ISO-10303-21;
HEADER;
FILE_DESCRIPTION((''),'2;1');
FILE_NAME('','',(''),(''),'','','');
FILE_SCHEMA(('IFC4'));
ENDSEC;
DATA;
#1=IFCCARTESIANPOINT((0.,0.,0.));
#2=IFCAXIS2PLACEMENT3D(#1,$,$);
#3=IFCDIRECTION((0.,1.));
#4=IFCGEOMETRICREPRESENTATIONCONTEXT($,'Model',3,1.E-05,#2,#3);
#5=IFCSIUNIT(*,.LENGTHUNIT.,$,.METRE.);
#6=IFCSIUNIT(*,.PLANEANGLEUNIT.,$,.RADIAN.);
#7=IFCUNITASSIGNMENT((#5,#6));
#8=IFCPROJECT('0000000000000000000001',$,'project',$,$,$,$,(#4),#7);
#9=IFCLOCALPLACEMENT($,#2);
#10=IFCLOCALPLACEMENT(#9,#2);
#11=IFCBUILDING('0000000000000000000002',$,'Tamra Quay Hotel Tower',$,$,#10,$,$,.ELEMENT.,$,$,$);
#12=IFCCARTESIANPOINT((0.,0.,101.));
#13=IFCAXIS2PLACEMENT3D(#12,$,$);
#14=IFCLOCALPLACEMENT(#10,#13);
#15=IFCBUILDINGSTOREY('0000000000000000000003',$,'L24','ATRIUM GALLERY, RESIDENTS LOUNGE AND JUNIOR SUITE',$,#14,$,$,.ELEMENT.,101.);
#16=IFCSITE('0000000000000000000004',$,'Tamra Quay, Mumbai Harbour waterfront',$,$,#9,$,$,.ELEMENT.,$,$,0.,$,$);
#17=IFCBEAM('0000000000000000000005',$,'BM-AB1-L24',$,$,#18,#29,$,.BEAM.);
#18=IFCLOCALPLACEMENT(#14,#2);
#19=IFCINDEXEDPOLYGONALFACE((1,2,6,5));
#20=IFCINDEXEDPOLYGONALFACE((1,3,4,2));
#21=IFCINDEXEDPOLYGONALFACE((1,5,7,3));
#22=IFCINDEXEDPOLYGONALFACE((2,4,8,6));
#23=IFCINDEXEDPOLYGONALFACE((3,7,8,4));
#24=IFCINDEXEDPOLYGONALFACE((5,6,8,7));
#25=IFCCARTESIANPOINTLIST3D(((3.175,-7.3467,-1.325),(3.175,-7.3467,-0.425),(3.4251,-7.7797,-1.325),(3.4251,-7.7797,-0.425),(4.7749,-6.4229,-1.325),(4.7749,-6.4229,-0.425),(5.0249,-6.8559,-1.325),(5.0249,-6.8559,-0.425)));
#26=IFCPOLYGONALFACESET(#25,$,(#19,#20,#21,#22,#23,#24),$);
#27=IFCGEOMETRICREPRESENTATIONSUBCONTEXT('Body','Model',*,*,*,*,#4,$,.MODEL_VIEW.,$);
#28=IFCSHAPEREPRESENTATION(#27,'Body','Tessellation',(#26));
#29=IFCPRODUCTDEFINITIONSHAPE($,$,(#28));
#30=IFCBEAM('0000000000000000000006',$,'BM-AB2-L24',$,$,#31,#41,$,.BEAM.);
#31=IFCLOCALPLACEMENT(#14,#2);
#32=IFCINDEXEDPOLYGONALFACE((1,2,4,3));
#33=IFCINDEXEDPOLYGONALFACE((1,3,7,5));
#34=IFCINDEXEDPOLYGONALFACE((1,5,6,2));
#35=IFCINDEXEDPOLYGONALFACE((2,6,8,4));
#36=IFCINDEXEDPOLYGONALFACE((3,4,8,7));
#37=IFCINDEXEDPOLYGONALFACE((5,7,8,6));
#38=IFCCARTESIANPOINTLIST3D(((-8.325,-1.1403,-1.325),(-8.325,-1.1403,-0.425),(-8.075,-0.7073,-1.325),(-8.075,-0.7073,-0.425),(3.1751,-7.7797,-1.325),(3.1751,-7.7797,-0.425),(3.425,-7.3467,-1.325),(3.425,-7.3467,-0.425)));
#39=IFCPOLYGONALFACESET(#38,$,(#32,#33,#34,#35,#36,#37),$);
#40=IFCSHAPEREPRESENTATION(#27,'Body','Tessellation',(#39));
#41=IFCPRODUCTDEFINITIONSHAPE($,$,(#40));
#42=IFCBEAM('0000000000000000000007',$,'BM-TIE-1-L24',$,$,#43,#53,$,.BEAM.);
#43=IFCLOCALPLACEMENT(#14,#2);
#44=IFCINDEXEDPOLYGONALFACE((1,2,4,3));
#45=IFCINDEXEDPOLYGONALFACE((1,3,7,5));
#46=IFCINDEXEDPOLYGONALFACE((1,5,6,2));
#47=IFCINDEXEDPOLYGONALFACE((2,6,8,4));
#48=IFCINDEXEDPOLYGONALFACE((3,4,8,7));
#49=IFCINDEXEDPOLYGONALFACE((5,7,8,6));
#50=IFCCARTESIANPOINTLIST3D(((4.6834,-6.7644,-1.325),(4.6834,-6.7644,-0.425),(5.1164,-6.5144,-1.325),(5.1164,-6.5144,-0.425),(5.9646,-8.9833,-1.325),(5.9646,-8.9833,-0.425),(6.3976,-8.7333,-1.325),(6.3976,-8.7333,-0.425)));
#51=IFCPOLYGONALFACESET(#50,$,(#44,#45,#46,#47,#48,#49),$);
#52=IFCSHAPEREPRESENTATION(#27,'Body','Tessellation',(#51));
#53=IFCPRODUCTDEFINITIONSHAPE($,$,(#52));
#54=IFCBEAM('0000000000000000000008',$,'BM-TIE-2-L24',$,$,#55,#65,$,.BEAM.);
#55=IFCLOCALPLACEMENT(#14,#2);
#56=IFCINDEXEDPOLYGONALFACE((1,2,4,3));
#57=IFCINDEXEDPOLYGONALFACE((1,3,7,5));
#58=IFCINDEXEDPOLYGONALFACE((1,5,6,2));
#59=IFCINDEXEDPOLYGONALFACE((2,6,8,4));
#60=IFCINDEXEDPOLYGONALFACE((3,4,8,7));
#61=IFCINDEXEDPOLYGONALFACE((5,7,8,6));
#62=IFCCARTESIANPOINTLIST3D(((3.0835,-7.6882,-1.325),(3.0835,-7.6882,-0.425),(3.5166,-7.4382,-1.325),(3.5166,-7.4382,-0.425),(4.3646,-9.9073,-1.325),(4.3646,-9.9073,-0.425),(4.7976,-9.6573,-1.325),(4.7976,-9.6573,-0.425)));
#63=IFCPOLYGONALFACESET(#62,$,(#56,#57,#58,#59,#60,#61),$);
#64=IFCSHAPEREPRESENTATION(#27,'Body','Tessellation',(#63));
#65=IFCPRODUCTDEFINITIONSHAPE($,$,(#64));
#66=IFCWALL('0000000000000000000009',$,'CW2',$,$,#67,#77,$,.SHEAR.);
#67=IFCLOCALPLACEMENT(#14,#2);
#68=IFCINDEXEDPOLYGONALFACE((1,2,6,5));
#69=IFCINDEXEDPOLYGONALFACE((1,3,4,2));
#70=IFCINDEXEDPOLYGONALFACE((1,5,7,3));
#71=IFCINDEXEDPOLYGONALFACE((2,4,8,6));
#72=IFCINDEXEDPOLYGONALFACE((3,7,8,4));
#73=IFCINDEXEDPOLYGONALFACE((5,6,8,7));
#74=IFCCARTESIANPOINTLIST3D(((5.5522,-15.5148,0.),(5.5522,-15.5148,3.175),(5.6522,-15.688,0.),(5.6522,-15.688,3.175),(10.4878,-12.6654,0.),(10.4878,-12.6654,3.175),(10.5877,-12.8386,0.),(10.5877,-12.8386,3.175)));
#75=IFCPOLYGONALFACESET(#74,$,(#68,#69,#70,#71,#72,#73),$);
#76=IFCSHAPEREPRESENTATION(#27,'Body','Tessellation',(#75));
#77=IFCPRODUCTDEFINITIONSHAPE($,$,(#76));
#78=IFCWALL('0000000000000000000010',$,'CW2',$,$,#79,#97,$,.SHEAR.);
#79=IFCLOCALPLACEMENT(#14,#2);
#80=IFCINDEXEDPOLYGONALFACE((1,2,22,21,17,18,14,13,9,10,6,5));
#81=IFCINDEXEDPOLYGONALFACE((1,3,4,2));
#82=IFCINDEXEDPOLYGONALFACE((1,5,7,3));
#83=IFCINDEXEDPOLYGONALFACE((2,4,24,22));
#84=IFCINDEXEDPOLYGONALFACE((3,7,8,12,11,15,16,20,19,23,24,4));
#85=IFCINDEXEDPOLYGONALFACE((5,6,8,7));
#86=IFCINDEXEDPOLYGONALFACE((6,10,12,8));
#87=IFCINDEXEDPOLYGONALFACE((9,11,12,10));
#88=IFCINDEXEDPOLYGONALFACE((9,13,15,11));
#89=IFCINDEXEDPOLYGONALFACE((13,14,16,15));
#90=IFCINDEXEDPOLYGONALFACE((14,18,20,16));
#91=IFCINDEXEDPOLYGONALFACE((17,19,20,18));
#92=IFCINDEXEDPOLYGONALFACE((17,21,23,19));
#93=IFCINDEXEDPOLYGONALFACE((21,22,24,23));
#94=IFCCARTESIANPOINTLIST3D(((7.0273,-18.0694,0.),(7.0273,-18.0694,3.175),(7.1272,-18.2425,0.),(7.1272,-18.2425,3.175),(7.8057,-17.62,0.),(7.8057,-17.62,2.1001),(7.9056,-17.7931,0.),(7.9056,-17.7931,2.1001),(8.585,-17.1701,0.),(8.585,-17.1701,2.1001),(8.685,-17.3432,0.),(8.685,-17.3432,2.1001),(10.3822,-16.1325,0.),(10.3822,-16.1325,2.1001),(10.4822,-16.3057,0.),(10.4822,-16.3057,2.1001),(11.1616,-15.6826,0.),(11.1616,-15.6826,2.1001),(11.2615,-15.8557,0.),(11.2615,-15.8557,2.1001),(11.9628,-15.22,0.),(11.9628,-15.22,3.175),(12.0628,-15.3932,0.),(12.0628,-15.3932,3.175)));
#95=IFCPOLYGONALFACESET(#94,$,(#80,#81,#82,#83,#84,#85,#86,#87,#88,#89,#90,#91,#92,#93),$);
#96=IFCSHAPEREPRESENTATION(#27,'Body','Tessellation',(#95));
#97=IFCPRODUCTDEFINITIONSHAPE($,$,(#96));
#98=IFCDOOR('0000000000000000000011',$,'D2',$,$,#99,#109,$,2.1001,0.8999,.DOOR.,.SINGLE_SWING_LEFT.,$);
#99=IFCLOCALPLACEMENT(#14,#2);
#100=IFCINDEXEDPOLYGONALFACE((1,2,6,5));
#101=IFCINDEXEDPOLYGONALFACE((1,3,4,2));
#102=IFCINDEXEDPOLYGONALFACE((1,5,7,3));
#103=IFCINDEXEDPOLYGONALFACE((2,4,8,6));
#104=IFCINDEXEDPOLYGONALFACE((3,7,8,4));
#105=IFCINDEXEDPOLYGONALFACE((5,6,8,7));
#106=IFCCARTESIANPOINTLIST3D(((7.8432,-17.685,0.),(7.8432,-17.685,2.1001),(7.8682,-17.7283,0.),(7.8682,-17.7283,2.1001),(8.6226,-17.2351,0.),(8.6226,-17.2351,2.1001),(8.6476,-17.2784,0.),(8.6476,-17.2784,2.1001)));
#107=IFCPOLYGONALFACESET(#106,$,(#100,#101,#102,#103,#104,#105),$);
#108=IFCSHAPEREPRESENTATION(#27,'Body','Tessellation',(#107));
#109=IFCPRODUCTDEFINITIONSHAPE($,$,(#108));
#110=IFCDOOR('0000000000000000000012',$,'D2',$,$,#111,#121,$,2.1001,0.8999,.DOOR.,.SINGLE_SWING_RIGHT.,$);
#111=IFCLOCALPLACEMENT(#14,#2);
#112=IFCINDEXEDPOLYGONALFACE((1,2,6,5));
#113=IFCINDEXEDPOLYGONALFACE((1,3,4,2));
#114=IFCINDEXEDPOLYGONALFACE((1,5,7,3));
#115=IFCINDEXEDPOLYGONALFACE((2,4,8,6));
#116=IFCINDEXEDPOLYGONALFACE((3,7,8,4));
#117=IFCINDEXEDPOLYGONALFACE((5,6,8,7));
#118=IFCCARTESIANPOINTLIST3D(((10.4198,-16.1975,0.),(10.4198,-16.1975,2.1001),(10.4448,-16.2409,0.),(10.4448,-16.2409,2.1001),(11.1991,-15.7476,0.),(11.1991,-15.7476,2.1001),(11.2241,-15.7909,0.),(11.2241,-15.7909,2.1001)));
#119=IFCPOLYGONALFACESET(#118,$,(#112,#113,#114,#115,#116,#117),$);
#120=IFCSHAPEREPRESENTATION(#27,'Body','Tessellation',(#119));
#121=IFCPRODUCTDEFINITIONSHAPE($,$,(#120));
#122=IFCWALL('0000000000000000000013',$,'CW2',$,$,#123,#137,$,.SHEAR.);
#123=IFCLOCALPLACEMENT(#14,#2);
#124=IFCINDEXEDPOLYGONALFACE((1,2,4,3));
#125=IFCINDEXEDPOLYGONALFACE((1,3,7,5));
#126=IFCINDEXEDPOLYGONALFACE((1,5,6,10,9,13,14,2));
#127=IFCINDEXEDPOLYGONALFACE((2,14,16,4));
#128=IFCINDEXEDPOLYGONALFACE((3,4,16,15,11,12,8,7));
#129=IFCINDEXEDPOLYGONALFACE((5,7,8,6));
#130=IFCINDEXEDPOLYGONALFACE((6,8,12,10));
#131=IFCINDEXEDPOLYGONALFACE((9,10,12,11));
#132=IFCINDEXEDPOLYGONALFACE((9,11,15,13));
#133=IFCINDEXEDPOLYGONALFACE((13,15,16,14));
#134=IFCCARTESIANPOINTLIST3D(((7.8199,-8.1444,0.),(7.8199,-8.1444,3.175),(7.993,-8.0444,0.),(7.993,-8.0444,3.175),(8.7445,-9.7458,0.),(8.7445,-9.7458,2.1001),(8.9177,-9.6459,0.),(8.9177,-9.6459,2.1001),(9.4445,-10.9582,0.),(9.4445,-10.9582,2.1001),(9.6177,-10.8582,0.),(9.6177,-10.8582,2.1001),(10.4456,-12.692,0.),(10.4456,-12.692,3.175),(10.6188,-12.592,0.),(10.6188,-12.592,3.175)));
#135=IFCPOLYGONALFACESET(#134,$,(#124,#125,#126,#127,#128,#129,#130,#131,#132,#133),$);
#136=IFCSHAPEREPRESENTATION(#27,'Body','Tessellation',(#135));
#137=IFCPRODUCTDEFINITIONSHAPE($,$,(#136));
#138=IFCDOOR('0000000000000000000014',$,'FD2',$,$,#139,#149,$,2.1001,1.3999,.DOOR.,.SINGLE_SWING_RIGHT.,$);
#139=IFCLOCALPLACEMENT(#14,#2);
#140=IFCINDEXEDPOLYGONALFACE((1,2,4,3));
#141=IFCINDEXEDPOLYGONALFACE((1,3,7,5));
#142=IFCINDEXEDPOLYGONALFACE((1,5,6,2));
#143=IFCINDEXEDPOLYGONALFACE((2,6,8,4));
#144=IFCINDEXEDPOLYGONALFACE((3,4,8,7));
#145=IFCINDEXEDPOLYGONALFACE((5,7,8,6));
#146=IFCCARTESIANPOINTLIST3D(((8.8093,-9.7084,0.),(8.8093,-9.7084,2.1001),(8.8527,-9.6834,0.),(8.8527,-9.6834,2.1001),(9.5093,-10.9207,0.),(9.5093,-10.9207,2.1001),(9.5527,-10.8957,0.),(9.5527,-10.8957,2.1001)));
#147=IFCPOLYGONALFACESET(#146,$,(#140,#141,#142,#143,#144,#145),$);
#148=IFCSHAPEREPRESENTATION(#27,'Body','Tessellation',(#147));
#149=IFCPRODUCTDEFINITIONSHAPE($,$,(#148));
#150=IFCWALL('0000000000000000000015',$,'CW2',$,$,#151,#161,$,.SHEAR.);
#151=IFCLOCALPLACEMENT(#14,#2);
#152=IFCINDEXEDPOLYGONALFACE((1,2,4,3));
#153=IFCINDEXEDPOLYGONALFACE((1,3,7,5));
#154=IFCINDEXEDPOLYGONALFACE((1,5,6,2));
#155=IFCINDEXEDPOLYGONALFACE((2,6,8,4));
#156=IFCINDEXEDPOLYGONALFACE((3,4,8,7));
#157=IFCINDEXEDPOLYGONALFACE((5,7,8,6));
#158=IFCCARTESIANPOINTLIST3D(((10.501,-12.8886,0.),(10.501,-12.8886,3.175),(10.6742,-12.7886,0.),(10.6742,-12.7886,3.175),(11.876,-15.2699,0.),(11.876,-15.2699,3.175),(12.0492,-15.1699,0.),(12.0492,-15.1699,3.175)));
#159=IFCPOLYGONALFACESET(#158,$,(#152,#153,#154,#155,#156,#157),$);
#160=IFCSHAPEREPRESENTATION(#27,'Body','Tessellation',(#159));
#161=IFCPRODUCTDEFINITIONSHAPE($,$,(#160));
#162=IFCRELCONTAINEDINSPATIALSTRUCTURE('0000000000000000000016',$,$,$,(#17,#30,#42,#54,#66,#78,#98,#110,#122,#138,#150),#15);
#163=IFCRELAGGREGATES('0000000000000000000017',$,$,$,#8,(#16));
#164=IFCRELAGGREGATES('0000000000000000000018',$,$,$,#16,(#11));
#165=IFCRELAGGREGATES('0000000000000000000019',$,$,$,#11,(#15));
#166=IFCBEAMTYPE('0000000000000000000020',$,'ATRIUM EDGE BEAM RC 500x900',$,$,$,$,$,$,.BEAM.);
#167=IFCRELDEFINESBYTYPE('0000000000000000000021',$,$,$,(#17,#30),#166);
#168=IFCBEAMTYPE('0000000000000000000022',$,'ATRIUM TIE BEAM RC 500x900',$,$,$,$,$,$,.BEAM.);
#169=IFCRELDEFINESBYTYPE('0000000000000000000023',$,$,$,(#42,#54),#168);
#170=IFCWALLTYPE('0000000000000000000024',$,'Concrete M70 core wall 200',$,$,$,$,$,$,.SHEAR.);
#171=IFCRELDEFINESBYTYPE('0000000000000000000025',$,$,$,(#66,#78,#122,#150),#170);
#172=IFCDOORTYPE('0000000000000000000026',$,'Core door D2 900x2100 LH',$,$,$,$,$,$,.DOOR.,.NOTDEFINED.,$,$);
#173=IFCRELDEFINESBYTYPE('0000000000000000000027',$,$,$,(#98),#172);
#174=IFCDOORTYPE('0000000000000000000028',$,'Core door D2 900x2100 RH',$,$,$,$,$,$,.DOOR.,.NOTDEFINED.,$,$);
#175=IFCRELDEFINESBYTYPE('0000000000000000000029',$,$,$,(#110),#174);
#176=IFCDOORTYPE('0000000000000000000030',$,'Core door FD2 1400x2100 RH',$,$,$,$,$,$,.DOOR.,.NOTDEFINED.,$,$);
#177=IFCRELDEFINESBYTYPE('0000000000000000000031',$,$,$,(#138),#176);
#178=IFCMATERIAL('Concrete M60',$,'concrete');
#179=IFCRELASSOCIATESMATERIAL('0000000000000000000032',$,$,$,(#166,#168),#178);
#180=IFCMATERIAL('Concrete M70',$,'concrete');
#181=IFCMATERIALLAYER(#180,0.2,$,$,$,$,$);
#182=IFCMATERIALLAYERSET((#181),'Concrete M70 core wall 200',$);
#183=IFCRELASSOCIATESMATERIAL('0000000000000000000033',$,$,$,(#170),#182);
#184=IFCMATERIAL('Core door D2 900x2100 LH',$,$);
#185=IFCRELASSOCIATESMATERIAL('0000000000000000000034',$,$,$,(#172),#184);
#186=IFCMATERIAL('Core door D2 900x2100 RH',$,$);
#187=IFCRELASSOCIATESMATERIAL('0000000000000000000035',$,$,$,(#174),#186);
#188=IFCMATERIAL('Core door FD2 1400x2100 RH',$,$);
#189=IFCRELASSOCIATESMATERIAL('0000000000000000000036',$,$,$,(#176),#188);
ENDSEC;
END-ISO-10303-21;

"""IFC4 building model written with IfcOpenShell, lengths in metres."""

from ifc_helpers import new_model, si_unit, direction, frame, frame_2d, origin, origin_2d, place, context, subcontext, project, spatial, rectangle, extrude, material, layer, layer_set, material_profile, profile_set, type_object, element, fill, save


model = new_model("IFC4")

# Units and contexts
model_context = context("Model", 3, precision=1e-05, world=origin(), true_north=direction((0.0, 1.0)))
body_context = subcontext(model_context, "Body", "Model", "MODEL_VIEW")
ifc_project = project(units=[si_unit("LENGTHUNIT", "METRE"), si_unit("PLANEANGLEUNIT", "RADIAN")], contexts=[model_context])

# Site, building, storey
site_placement = place(None, origin())
site = spatial("IfcSite", under=ifc_project, at=site_placement, Name="Tamra Quay, Mumbai Harbour waterfront", CompositionType="ELEMENT", RefElevation=0.0)
building_placement = place(site_placement, origin())
building = spatial("IfcBuilding", under=site, at=building_placement, Name="Tamra Quay Hotel Tower", CompositionType="ELEMENT")
storey_placement = place(building_placement, frame((0.0, 0.0, 101.0)))
storey = spatial("IfcBuildingStorey", under=building, at=storey_placement, Name="L24", Description="ATRIUM GALLERY, RESIDENTS LOUNGE AND JUNIOR SUITE", CompositionType="ELEMENT", Elevation=101.0)

# Beams
ifc_material_1 = material(Name="Concrete M60", Category="concrete")
ifc_material_profile_1 = material_profile(ifc_material_1, rectangle(XDim=0.5, YDim=0.8999, at=origin_2d()), Name="ATRIUM EDGE BEAM RC 500x900")
ifc_profile_set_1 = profile_set([ifc_material_profile_1], Name="Concrete M60")
beam_type_1 = type_object("IfcBeamType", Name="ATRIUM EDGE BEAM RC 500x900", PredefinedType="BEAM", material=ifc_profile_set_1)
beam_1_placement = place(storey_placement, frame((4.8999, -6.6394, -0.875), z_axis=(-0.86599, -0.500062, 0.0), x_axis=(0.500062, -0.86599, 0.0)))
element("IfcBeam", 1, at=beam_1_placement, inside=storey, type_object=beam_type_1, Name="BM-AB1-L24", PredefinedType="BEAM", context=body_context, shape_type="SweptSolid", body=[
    extrude(rectangle(XDim=0.5, YDim=0.8999, at=origin_2d()), origin(), (0.0, 0.0, 1.0), 1.8474),
])
beam_2_placement = place(storey_placement, frame((3.3, -7.5632, -0.875), z_axis=(-0.866029, 0.499993, 0.0), x_axis=(-0.499993, -0.866029, 0.0)))
element("IfcBeam", 2, at=beam_2_placement, inside=storey, type_object=beam_type_1, Name="BM-AB2-L24", PredefinedType="BEAM", context=body_context, shape_type="SweptSolid", body=[
    extrude(rectangle(XDim=0.5, YDim=0.8999, at=origin_2d()), origin(), (0.0, 0.0, 1.0), 13.2791),
])
ifc_material_profile_2 = material_profile(ifc_material_1, rectangle(XDim=0.5, YDim=0.8999, at=origin_2d()), Name="ATRIUM TIE BEAM RC 500x900")
ifc_profile_set_2 = profile_set([ifc_material_profile_2], Name="Concrete M60")
beam_type_2 = type_object("IfcBeamType", Name="ATRIUM TIE BEAM RC 500x900", PredefinedType="BEAM", material=ifc_profile_set_2)
for number, where, z_axis, x_axis, name in (
    (3, (4.8999, -6.6394, -0.875), (0.500033, -0.866006, 0.0), (0.866006, 0.500033, 0.0), "BM-TIE-1-L24"),
    (4, (3.3, -7.5632, -0.875), (0.499962, -0.866048, 0.0), (0.866048, 0.499962, 0.0), "BM-TIE-2-L24"),
):
    element("IfcBeam", number, at=place(storey_placement, frame(where, z_axis=z_axis, x_axis=x_axis)), inside=storey, type_object=beam_type_2, Name=name, PredefinedType="BEAM", context=body_context, shape_type="SweptSolid", body=[
        extrude(rectangle(XDim=0.5, YDim=0.8999, at=origin_2d()), origin(), (0.0, 0.0, 1.0), 2.5623),
    ])

# Wall
ifc_material_2 = material(Name="Concrete M70", Category="concrete")
ifc_layer_1 = layer(ifc_material_2, 0.2)
ifc_layer_set_1 = layer_set([ifc_layer_1], Name="Concrete M70 core wall 200")
wall_type_1 = type_object("IfcWallType", Name="Concrete M70 core wall 200", PredefinedType="SHEAR", material=ifc_layer_set_1)
wall_1_placement = place(storey_placement, frame((10.5378, -12.752, 0.0), z_axis=(0.0, 0.0, 1.0), x_axis=(-0.866039, -0.499977, 0.0)))
element("IfcWall", 5, at=wall_1_placement, inside=storey, type_object=wall_type_1, Name="CW2", PredefinedType="SHEAR", context=body_context, shape_type="SweptSolid", body=[
    extrude(rectangle(XDim=5.699, YDim=0.2, at=frame_2d((2.8496, 0.0))), origin(), (0.0, 0.0, 1.0), 3.175),
])

# Wall, openings, doors
wall_2_placement = place(storey_placement, frame((7.0771, -18.156, 0.0), z_axis=(0.0, 0.0, 1.0), x_axis=(0.866039, 0.499977, 0.0)))
wall_2 = element("IfcWall", 6, at=wall_2_placement, inside=storey, type_object=wall_type_1, Name="CW2", PredefinedType="SHEAR", context=body_context, shape_type="SweptSolid", body=[
    extrude(rectangle(XDim=5.699, YDim=0.2, at=frame_2d((2.8496, 0.0))), origin(), (0.0, 0.0, 1.0), 3.175),
])
opening_1_placement = place(wall_2_placement, frame((0.8989, 0.0, 0.0)))
opening_1 = element("IfcOpeningElement", 7, at=opening_1_placement, cuts=wall_2, PredefinedType="OPENING", context=body_context, shape_type="SweptSolid", body=[
    extrude(rectangle(XDim=0.8999, YDim=2.1001, at=frame_2d((0.45, 1.05))), frame((0.0, 0.1099, 0.0), z_axis=(0.0, -1.0, 0.0), x_axis=(1.0, 0.0, 0.0)), (0.0, 0.0, 1.0), 0.22),
])
opening_2_placement = place(wall_2_placement, frame((3.874, 0.0, 0.0)))
opening_2 = element("IfcOpeningElement", 8, at=opening_2_placement, cuts=wall_2, PredefinedType="OPENING", context=body_context, shape_type="SweptSolid", body=[
    extrude(rectangle(XDim=0.8999, YDim=2.1001, at=frame_2d((0.45, 1.05))), frame((0.0, 0.1099, 0.0), z_axis=(0.0, -1.0, 0.0), x_axis=(1.0, 0.0, 0.0)), (0.0, 0.0, 1.0), 0.22),
])
ifc_material_3 = material(Name="Core door D2 900x2100 LH")
door_type_1 = type_object("IfcDoorType", Name="Core door D2 900x2100 LH", OperationType="NOTDEFINED", PredefinedType="DOOR", material=ifc_material_3)
door_1_placement = place(opening_1_placement, origin())
door_1 = element("IfcDoor", 9, at=door_1_placement, inside=storey, type_object=door_type_1, Name="D2", OperationType="SINGLE_SWING_LEFT", OverallHeight=2.1001, OverallWidth=0.8999, PredefinedType="DOOR", context=body_context, shape_type="SweptSolid", body=[
    extrude(rectangle(XDim=0.8999, YDim=2.1001, at=frame_2d((0.45, 1.05))), frame((0.0, 0.0249, 0.0), z_axis=(0.0, -1.0, 0.0), x_axis=(1.0, 0.0, 0.0)), (0.0, 0.0, 1.0), 0.05),
])
fill(opening_1, door_1)
ifc_material_4 = material(Name="Core door D2 900x2100 RH")
door_type_2 = type_object("IfcDoorType", Name="Core door D2 900x2100 RH", OperationType="NOTDEFINED", PredefinedType="DOOR", material=ifc_material_4)
door_2_placement = place(opening_2_placement, origin())
door_2 = element("IfcDoor", 10, at=door_2_placement, inside=storey, type_object=door_type_2, Name="D2", OperationType="SINGLE_SWING_RIGHT", OverallHeight=2.1001, OverallWidth=0.8999, PredefinedType="DOOR", context=body_context, shape_type="SweptSolid", body=[
    extrude(rectangle(XDim=0.8999, YDim=2.1001, at=frame_2d((0.45, 1.05))), frame((0.0, 0.0249, 0.0), z_axis=(0.0, -1.0, 0.0), x_axis=(1.0, 0.0, 0.0)), (0.0, 0.0, 1.0), 0.05),
])
fill(opening_2, door_2)

# Wall, opening, door
wall_3_placement = place(storey_placement, frame((7.9065, -8.0945, 0.0), z_axis=(0.0, 0.0, 1.0), x_axis=(0.500024, -0.866011, 0.0)))
wall_3 = element("IfcWall", 11, at=wall_3_placement, inside=storey, type_object=wall_type_1, Name="CW2", PredefinedType="SHEAR", context=body_context, shape_type="SweptSolid", body=[
    extrude(rectangle(XDim=5.2512, YDim=0.2, at=frame_2d((2.6255, 0.0))), origin(), (0.0, 0.0, 1.0), 3.175),
])
opening_3_placement = place(wall_3_placement, frame((1.8491, 0.0, 0.0)))
opening_3 = element("IfcOpeningElement", 12, at=opening_3_placement, cuts=wall_3, PredefinedType="OPENING", context=body_context, shape_type="SweptSolid", body=[
    extrude(rectangle(XDim=1.3999, YDim=2.1001, at=frame_2d((0.7, 1.05))), frame((0.0, 0.1099, 0.0), z_axis=(0.0, -1.0, 0.0), x_axis=(1.0, 0.0, 0.0)), (0.0, 0.0, 1.0), 0.22),
])
ifc_material_5 = material(Name="Core door FD2 1400x2100 RH")
door_type_3 = type_object("IfcDoorType", Name="Core door FD2 1400x2100 RH", OperationType="NOTDEFINED", PredefinedType="DOOR", material=ifc_material_5)
door_3_placement = place(opening_3_placement, origin())
door_3 = element("IfcDoor", 13, at=door_3_placement, inside=storey, type_object=door_type_3, Name="FD2", OperationType="SINGLE_SWING_RIGHT", OverallHeight=2.1001, OverallWidth=1.3999, PredefinedType="DOOR", context=body_context, shape_type="SweptSolid", body=[
    extrude(rectangle(XDim=1.3999, YDim=2.1001, at=frame_2d((0.7, 1.05))), frame((0.0, 0.0249, 0.0), z_axis=(0.0, -1.0, 0.0), x_axis=(1.0, 0.0, 0.0)), (0.0, 0.0, 1.0), 0.05),
])
fill(opening_3, door_3)

# Wall
wall_4_placement = place(storey_placement, frame((11.9626, -15.22, 0.0), z_axis=(0.0, 0.0, 1.0), x_axis=(-0.500035, 0.866005, 0.0)))
element("IfcWall", 14, at=wall_4_placement, inside=storey, type_object=wall_type_1, Name="CW2", PredefinedType="SHEAR", context=body_context, shape_type="SweptSolid", body=[
    extrude(rectangle(XDim=2.7498, YDim=0.2, at=frame_2d((1.375, 0.0))), origin(), (0.0, 0.0, 1.0), 3.175),
])

save(model, "model.ifc")
